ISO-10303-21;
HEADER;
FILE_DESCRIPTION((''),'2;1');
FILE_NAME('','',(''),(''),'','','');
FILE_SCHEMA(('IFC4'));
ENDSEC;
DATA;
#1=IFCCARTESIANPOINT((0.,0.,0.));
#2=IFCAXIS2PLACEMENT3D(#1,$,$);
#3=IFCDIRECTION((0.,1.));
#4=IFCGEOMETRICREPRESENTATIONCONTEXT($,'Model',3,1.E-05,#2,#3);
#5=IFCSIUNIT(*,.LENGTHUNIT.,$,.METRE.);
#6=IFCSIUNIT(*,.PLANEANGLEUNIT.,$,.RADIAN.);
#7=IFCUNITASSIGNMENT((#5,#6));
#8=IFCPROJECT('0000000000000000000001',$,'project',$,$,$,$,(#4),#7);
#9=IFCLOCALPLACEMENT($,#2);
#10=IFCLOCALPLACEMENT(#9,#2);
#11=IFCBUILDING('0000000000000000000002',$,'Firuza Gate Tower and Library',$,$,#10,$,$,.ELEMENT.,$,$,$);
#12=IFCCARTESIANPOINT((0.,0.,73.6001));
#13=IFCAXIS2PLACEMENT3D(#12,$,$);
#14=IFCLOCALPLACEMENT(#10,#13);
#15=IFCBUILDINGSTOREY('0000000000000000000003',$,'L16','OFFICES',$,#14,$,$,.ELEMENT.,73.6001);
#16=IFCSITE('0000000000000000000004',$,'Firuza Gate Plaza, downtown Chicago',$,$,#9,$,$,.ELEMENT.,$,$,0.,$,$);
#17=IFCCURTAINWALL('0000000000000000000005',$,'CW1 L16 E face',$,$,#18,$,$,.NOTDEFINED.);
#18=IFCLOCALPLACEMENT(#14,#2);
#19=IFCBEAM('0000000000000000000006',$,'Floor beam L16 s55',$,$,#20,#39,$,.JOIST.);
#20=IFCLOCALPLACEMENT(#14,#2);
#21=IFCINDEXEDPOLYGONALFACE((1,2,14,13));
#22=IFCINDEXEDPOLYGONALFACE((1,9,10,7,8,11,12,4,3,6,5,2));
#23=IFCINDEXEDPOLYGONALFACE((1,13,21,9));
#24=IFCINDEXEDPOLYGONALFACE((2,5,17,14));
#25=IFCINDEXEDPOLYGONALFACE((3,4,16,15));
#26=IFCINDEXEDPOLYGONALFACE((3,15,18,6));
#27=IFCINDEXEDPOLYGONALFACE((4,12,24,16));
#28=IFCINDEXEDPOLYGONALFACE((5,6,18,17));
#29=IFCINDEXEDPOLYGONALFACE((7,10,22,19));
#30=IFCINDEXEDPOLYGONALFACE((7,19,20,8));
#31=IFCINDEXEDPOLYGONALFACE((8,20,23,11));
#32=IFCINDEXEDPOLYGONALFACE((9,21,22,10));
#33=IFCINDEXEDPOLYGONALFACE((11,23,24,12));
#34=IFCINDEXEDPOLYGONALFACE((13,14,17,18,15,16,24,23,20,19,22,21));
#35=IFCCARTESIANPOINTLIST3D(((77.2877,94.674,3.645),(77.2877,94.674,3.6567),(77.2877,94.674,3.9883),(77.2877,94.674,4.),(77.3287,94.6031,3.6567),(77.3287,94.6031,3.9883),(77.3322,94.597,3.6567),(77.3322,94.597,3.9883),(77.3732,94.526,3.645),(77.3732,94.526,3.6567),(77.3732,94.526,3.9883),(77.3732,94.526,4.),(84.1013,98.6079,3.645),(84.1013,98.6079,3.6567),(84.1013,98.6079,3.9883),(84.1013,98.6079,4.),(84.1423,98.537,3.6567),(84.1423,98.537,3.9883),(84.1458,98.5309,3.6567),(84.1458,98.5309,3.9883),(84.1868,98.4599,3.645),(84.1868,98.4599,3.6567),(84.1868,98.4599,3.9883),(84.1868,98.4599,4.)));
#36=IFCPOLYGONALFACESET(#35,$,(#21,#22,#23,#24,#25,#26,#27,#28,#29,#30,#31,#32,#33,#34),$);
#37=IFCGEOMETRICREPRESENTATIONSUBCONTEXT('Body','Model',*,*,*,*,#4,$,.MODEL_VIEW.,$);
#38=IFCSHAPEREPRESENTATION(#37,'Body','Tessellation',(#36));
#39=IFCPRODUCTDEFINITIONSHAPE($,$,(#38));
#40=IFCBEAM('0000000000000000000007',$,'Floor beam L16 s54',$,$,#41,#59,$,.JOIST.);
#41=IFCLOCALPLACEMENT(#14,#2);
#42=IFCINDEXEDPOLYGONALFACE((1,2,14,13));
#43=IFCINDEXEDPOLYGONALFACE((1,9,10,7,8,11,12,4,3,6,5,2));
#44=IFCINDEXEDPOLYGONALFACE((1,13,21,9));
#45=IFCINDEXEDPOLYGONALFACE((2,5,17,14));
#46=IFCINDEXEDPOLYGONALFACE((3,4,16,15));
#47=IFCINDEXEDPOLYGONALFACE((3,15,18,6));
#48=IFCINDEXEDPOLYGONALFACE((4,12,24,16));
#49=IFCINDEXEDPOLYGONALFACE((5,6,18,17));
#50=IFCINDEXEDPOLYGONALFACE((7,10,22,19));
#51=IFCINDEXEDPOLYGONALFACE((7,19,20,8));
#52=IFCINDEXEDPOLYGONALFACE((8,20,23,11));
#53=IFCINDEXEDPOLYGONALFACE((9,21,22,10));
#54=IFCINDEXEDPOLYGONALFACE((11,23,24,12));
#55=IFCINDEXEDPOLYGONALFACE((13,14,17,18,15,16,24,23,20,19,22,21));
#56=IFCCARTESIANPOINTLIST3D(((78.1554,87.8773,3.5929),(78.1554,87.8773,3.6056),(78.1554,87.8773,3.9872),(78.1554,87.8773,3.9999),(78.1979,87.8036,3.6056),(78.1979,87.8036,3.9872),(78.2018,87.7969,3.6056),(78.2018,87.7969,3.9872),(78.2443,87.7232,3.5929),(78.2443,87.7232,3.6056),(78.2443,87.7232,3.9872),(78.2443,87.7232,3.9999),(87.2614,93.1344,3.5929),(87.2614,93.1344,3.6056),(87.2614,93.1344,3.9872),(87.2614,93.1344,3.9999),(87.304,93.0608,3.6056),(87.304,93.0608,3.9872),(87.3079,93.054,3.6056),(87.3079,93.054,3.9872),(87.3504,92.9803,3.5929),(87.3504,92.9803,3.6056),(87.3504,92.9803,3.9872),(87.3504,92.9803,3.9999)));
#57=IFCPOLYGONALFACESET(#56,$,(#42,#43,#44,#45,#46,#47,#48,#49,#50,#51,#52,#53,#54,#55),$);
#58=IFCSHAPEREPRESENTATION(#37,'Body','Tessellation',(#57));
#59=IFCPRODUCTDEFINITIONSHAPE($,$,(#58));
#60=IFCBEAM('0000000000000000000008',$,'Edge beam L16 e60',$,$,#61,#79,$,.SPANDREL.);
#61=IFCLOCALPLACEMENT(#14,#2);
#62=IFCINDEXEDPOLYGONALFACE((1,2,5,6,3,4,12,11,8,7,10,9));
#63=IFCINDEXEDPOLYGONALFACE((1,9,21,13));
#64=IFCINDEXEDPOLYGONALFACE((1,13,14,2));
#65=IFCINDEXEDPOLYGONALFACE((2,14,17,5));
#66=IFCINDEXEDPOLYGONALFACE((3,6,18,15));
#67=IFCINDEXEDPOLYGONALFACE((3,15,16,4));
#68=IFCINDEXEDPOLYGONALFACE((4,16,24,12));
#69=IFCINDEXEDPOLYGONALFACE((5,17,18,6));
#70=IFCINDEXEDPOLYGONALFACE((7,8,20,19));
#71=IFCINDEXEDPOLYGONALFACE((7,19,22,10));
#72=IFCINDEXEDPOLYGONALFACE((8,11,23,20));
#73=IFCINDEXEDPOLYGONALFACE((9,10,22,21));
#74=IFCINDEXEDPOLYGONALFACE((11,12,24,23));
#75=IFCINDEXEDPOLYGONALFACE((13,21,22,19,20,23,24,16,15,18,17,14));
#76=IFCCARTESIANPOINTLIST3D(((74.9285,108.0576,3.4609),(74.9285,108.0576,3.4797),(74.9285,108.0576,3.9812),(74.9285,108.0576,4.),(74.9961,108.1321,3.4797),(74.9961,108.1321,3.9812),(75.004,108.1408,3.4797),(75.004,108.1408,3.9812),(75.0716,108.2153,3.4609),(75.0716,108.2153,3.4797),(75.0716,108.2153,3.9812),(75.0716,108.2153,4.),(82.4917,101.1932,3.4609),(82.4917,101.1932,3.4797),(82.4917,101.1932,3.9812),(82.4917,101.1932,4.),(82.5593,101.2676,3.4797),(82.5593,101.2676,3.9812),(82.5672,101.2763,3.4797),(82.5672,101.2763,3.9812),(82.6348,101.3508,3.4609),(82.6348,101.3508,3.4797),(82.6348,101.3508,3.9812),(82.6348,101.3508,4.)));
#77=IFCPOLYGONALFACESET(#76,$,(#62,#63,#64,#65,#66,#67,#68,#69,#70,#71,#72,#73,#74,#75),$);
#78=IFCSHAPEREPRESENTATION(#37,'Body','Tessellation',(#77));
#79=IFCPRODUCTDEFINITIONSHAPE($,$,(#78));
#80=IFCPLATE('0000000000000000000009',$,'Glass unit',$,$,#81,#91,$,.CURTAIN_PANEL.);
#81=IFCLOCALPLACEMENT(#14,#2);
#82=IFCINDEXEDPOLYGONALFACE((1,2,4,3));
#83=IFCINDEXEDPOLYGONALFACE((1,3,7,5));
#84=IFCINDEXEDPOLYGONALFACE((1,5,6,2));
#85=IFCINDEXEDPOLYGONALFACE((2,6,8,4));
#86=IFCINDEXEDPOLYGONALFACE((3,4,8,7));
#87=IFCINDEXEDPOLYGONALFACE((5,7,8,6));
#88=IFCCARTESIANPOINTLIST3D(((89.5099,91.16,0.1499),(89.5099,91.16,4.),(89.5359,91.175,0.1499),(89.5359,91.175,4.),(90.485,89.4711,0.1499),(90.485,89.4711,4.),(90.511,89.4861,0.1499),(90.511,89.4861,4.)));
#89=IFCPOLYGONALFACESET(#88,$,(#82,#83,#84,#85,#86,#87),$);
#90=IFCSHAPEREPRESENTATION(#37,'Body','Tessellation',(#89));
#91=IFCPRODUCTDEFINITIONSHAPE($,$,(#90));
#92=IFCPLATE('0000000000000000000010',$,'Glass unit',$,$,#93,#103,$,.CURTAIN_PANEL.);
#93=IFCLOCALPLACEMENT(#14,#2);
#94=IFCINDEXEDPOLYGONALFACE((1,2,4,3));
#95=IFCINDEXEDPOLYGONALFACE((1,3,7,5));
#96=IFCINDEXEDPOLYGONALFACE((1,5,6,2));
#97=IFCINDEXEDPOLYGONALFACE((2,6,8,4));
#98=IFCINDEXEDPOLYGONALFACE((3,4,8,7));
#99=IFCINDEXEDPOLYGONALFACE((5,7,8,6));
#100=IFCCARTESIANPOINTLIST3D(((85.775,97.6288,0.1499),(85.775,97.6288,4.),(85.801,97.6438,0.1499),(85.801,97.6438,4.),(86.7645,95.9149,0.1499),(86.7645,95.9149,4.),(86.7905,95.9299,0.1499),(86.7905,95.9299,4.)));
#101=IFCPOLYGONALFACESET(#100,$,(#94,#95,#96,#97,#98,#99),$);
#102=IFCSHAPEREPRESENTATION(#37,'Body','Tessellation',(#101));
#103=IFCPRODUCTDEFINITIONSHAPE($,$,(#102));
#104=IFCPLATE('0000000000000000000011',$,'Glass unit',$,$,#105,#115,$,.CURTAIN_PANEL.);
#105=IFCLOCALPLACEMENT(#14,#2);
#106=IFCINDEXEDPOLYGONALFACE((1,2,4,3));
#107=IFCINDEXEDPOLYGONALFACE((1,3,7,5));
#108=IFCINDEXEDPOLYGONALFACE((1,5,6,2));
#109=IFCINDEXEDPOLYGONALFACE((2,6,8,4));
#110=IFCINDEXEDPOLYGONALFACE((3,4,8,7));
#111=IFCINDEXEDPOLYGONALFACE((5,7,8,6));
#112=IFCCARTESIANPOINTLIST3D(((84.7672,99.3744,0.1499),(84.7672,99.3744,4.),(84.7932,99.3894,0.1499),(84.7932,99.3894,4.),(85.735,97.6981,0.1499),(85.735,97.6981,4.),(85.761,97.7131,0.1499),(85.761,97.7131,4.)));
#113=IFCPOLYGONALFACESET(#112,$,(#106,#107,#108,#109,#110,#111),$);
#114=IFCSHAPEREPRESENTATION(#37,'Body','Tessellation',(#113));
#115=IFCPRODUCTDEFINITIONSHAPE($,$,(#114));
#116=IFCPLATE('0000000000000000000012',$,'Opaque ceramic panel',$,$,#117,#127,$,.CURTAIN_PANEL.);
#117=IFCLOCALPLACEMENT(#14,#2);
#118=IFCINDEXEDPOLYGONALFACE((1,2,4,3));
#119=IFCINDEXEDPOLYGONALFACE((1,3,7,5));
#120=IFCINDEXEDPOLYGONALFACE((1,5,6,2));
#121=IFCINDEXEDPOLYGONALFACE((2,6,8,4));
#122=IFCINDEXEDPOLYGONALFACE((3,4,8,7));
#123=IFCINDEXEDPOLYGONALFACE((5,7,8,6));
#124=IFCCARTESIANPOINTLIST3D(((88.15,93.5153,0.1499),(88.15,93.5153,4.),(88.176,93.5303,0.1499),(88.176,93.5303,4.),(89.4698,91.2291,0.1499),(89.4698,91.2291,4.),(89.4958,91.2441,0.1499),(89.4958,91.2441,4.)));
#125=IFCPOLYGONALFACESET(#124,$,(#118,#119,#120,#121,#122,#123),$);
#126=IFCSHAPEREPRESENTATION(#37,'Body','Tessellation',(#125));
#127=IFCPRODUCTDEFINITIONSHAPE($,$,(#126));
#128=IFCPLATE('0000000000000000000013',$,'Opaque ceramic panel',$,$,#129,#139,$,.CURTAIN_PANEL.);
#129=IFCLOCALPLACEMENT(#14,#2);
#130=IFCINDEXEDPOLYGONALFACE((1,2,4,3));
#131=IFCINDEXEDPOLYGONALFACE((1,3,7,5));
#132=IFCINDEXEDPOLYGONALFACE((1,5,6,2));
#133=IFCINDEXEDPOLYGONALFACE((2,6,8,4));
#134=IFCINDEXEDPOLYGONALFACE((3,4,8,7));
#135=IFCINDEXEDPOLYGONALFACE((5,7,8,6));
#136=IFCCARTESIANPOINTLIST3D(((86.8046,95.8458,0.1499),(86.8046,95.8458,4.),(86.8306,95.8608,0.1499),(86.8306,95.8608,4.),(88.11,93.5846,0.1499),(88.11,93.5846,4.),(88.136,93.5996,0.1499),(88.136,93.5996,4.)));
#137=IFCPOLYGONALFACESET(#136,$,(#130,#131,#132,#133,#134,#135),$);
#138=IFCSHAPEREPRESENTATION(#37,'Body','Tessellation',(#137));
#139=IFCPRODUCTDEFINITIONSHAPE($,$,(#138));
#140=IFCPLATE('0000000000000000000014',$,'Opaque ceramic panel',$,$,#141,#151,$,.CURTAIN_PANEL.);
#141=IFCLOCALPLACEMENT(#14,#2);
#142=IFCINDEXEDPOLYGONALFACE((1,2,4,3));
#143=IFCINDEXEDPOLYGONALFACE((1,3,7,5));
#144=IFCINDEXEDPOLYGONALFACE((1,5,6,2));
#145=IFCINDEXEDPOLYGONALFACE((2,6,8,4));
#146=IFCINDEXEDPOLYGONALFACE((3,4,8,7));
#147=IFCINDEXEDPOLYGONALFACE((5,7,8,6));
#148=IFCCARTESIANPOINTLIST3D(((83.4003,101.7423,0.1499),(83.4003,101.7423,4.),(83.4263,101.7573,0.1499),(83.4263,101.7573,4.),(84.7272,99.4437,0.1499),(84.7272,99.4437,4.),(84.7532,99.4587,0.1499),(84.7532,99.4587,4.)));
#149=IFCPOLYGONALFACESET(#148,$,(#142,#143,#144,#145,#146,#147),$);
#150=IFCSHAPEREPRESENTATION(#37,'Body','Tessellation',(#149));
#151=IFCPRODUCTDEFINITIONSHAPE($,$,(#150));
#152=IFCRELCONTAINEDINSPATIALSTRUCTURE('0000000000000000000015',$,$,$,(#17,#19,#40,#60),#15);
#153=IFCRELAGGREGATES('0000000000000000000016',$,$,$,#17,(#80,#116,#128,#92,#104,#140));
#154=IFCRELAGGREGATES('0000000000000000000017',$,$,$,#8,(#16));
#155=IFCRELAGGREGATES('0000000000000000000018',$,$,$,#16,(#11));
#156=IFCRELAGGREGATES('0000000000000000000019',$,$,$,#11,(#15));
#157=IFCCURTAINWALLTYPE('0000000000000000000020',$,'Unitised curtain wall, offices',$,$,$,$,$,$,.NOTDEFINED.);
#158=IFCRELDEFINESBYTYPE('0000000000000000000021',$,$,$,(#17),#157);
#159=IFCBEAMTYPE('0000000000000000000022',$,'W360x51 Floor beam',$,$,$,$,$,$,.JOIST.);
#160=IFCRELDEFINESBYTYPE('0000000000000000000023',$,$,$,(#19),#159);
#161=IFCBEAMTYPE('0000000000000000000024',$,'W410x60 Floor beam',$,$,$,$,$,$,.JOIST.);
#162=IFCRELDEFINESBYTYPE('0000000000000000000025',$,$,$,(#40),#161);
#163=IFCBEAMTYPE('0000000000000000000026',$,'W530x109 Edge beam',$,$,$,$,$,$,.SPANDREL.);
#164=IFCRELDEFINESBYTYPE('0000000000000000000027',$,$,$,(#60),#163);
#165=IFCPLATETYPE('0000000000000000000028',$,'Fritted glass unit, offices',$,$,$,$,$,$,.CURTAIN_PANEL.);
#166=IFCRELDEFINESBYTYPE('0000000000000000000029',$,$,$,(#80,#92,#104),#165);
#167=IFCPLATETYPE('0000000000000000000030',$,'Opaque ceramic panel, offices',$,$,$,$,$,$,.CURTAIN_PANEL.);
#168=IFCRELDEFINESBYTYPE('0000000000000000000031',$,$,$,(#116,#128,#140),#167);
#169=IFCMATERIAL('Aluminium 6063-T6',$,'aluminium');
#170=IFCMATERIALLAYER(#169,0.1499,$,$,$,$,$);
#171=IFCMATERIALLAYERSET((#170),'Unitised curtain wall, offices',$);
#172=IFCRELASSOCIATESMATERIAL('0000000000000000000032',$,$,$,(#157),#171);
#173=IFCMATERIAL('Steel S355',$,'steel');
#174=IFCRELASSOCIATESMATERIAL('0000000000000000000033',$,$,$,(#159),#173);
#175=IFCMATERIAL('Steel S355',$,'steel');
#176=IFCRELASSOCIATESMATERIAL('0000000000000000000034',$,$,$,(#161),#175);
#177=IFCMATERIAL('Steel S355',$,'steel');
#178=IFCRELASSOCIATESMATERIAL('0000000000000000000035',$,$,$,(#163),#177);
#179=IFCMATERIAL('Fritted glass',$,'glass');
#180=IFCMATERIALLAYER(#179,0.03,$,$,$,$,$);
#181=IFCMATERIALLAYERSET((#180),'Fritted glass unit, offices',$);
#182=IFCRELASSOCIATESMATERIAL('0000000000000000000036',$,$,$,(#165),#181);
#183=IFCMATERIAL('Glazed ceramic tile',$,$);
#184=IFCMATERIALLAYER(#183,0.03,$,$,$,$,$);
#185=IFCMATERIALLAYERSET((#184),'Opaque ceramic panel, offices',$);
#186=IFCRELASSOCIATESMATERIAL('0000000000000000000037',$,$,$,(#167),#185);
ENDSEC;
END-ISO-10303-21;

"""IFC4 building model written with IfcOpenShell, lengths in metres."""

from ifc_helpers import new_model, si_unit, direction, frame, origin, origin_2d, place, context, subcontext, project, spatial, polyline, i_section, outline, extrude, material, layer, layer_set, material_profile, profile_set, type_object, element, aggregate, save


model = new_model("IFC4")

# Units and contexts
model_context = context("Model", 3, precision=1e-05, world=origin(), true_north=direction((0.0, 1.0)))
body_context = subcontext(model_context, "Body", "Model", "MODEL_VIEW")
ifc_project = project(units=[si_unit("LENGTHUNIT", "METRE"), si_unit("PLANEANGLEUNIT", "RADIAN")], contexts=[model_context])

# Site, building, storey
site_placement = place(None, origin())
site = spatial("IfcSite", under=ifc_project, at=site_placement, Name="Firuza Gate Plaza, downtown Chicago", CompositionType="ELEMENT", RefElevation=0.0)
building_placement = place(site_placement, origin())
building = spatial("IfcBuilding", under=site, at=building_placement, Name="Firuza Gate Tower and Library", CompositionType="ELEMENT")
storey_placement = place(building_placement, frame((0.0, 0.0, 73.6001)))
storey = spatial("IfcBuildingStorey", under=building, at=storey_placement, Name="L16", Description="OFFICES", CompositionType="ELEMENT", Elevation=73.6001)

# Curtain wall
ifc_material_1 = material(Name="Aluminium 6063-T6", Category="aluminium")
ifc_layer_1 = layer(ifc_material_1, 0.1499)
ifc_layer_set_1 = layer_set([ifc_layer_1], Name="Unitised curtain wall, offices")
curtain_wall_type = type_object("IfcCurtainWallType", Name="Unitised curtain wall, offices", PredefinedType="NOTDEFINED", material=ifc_layer_set_1)
curtain_wall_placement = place(storey_placement, origin())
curtain_wall = element("IfcCurtainWall", 1, at=curtain_wall_placement, inside=storey, type_object=curtain_wall_type, Name="CW1 L16 E face", PredefinedType="NOTDEFINED")

# Beams
ifc_material_2 = material(Name="Steel S355", Category="steel")
ifc_material_profile_1 = material_profile(ifc_material_2, i_section(OverallWidth=0.1709, OverallDepth=0.355, WebThickness=0.0071, FlangeThickness=0.0117, at=origin_2d()))
ifc_profile_set_1 = profile_set([ifc_material_profile_1], Name="Steel S355")
beam_type_1 = type_object("IfcBeamType", Name="W360x51 Floor beam", PredefinedType="JOIST", material=ifc_profile_set_1)
beam_1_placement = place(storey_placement, frame((84.144, 98.5339, 3.8225), z_axis=(-0.866021, -0.500007, 0.0), x_axis=(0.500007, -0.866021, 0.0)))
element("IfcBeam", 2, at=beam_1_placement, inside=storey, type_object=beam_type_1, Name="Floor beam L16 s55", PredefinedType="JOIST", context=body_context, shape_type="SweptSolid", body=[
    extrude(i_section(OverallWidth=0.1709, OverallDepth=0.355, WebThickness=0.0071, FlangeThickness=0.0117, at=origin_2d()), origin(), (0.0, 0.0, 1.0), 7.8677),
])
ifc_material_3 = material(Name="Steel S355", Category="steel")
ifc_material_profile_2 = material_profile(ifc_material_3, i_section(OverallWidth=0.178, OverallDepth=0.407, WebThickness=0.0078, FlangeThickness=0.0127, at=origin_2d()))
ifc_profile_set_2 = profile_set([ifc_material_profile_2], Name="Steel S355")
beam_type_2 = type_object("IfcBeamType", Name="W410x60 Floor beam", PredefinedType="JOIST", material=ifc_profile_set_2)
beam_2_placement = place(storey_placement, frame((87.3059, 93.0574, 3.7964), z_axis=(-0.866036, -0.499982, 0.0), x_axis=(0.499982, -0.866036, 0.0)))
element("IfcBeam", 3, at=beam_2_placement, inside=storey, type_object=beam_type_2, Name="Floor beam L16 s54", PredefinedType="JOIST", context=body_context, shape_type="SweptSolid", body=[
    extrude(i_section(OverallWidth=0.178, OverallDepth=0.407, WebThickness=0.0078, FlangeThickness=0.0127, at=origin_2d()), origin(), (0.0, 0.0, 1.0), 10.5146),
])
ifc_material_4 = material(Name="Steel S355", Category="steel")
ifc_material_profile_3 = material_profile(ifc_material_4, i_section(OverallWidth=0.2129, OverallDepth=0.5391, WebThickness=0.0117, FlangeThickness=0.0188, at=origin_2d()))
ifc_profile_set_3 = profile_set([ifc_material_profile_3], Name="Steel S355")
beam_type_3 = type_object("IfcBeamType", Name="W530x109 Edge beam", PredefinedType="SPANDREL", material=ifc_profile_set_3)
beam_3_placement = place(storey_placement, frame((82.5632, 101.272, 3.7305), z_axis=(-0.740484, 0.672074, 0.0), x_axis=(-0.672074, -0.740484, 0.0)))
element("IfcBeam", 4, at=beam_3_placement, inside=storey, type_object=beam_type_3, Name="Edge beam L16 e60", PredefinedType="SPANDREL", context=body_context, shape_type="SweptSolid", body=[
    extrude(i_section(OverallWidth=0.2129, OverallDepth=0.5391, WebThickness=0.0117, FlangeThickness=0.0188, at=origin_2d()), origin(), (0.0, 0.0, 1.0), 10.2139),
])

# Plates
ifc_material_5 = material(Name="Fritted glass", Category="glass")
ifc_layer_2 = layer(ifc_material_5, 0.03)
ifc_layer_set_2 = layer_set([ifc_layer_2], Name="Fritted glass unit, offices")
plate_type_1 = type_object("IfcPlateType", Name="Fritted glass unit, offices", PredefinedType="CURTAIN_PANEL", material=ifc_layer_set_2)
plate_1_placement = place(storey_placement, frame((90.511, 89.4861, 0.1499), z_axis=(0.866031, 0.49999, 0.0), x_axis=(-0.49999, 0.866031, 0.0)))
plate_1 = element("IfcPlate", 5, at=plate_1_placement, type_object=plate_type_1, Name="Glass unit", PredefinedType="CURTAIN_PANEL", context=body_context, shape_type="SweptSolid", body=[
    extrude(outline(polyline([(0.0, 0.0), (1.9502, 0.0), (1.9502, 3.8501), (0.0, 3.8501), (0.0, 0.0)])), origin(), (0.0, 0.0, -1.0), 0.03),
])
plate_2_placement = place(storey_placement, frame((86.7905, 95.9299, 0.1499), z_axis=(0.866025, 0.5, 0.0), x_axis=(-0.5, 0.866025, 0.0)))
plate_2 = element("IfcPlate", 6, at=plate_2_placement, type_object=plate_type_1, Name="Glass unit", PredefinedType="CURTAIN_PANEL", context=body_context, shape_type="SweptSolid", body=[
    extrude(outline(polyline([(0.0, 0.0), (1.979, 0.0), (1.979, 3.8501), (0.0, 3.8501), (0.0, 0.0)])), origin(), (0.0, 0.0, -1.0), 0.03),
])
plate_3_placement = place(storey_placement, frame((85.761, 97.7131, 0.1499), z_axis=(0.86603, 0.499992, 0.0), x_axis=(-0.499992, 0.86603, 0.0)))
plate_3 = element("IfcPlate", 7, at=plate_3_placement, type_object=plate_type_1, Name="Glass unit", PredefinedType="CURTAIN_PANEL", context=body_context, shape_type="SweptSolid", body=[
    extrude(outline(polyline([(0.0, 0.0), (1.9356, 0.0), (1.9356, 3.8501), (0.0, 3.8501), (0.0, 0.0)])), origin(), (0.0, 0.0, -1.0), 0.03),
])
ifc_material_6 = material(Name="Glazed ceramic tile")
ifc_layer_3 = layer(ifc_material_6, 0.03)
ifc_layer_set_3 = layer_set([ifc_layer_3], Name="Opaque ceramic panel, offices")
plate_type_2 = type_object("IfcPlateType", Name="Opaque ceramic panel, offices", PredefinedType="CURTAIN_PANEL", material=ifc_layer_set_3)
plate_4_placement = place(storey_placement, frame((89.4958, 91.2441, 0.1499), z_axis=(0.866038, 0.499979, 0.0), x_axis=(-0.499979, 0.866038, 0.0)))
plate_4 = element("IfcPlate", 8, at=plate_4_placement, type_object=plate_type_2, Name="Opaque ceramic panel", PredefinedType="CURTAIN_PANEL", context=body_context, shape_type="SweptSolid", body=[
    extrude(outline(polyline([(0.0, 0.0), (2.6398, 0.0), (2.6398, 3.8501), (0.0, 3.8501), (0.0, 0.0)])), origin(), (0.0, 0.0, -1.0), 0.03),
])
plate_5_placement = place(storey_placement, frame((88.136, 93.5996, 0.1499), z_axis=(0.866042, 0.499971, 0.0), x_axis=(-0.499971, 0.866042, 0.0)))
plate_5 = element("IfcPlate", 9, at=plate_5_placement, type_object=plate_type_2, Name="Opaque ceramic panel", PredefinedType="CURTAIN_PANEL", context=body_context, shape_type="SweptSolid", body=[
    extrude(outline(polyline([(0.0, 0.0), (2.611, 0.0), (2.611, 3.8501), (0.0, 3.8501), (0.0, 0.0)])), origin(), (0.0, 0.0, -1.0), 0.03),
])
plate_6_placement = place(storey_placement, frame((84.7532, 99.4587, 0.1499), z_axis=(0.866055, 0.499948, 0.0), x_axis=(-0.499948, 0.866055, 0.0)))
plate_6 = element("IfcPlate", 10, at=plate_6_placement, type_object=plate_type_2, Name="Opaque ceramic panel", PredefinedType="CURTAIN_PANEL", context=body_context, shape_type="SweptSolid", body=[
    extrude(outline(polyline([(0.0, 0.0), (2.6541, 0.0), (2.6541, 3.8501), (0.0, 3.8501), (0.0, 0.0)])), origin(), (0.0, 0.0, -1.0), 0.03),
])
aggregate(curtain_wall, [plate_1, plate_4, plate_5, plate_2, plate_3, plate_6])

save(model, "model.ifc")
